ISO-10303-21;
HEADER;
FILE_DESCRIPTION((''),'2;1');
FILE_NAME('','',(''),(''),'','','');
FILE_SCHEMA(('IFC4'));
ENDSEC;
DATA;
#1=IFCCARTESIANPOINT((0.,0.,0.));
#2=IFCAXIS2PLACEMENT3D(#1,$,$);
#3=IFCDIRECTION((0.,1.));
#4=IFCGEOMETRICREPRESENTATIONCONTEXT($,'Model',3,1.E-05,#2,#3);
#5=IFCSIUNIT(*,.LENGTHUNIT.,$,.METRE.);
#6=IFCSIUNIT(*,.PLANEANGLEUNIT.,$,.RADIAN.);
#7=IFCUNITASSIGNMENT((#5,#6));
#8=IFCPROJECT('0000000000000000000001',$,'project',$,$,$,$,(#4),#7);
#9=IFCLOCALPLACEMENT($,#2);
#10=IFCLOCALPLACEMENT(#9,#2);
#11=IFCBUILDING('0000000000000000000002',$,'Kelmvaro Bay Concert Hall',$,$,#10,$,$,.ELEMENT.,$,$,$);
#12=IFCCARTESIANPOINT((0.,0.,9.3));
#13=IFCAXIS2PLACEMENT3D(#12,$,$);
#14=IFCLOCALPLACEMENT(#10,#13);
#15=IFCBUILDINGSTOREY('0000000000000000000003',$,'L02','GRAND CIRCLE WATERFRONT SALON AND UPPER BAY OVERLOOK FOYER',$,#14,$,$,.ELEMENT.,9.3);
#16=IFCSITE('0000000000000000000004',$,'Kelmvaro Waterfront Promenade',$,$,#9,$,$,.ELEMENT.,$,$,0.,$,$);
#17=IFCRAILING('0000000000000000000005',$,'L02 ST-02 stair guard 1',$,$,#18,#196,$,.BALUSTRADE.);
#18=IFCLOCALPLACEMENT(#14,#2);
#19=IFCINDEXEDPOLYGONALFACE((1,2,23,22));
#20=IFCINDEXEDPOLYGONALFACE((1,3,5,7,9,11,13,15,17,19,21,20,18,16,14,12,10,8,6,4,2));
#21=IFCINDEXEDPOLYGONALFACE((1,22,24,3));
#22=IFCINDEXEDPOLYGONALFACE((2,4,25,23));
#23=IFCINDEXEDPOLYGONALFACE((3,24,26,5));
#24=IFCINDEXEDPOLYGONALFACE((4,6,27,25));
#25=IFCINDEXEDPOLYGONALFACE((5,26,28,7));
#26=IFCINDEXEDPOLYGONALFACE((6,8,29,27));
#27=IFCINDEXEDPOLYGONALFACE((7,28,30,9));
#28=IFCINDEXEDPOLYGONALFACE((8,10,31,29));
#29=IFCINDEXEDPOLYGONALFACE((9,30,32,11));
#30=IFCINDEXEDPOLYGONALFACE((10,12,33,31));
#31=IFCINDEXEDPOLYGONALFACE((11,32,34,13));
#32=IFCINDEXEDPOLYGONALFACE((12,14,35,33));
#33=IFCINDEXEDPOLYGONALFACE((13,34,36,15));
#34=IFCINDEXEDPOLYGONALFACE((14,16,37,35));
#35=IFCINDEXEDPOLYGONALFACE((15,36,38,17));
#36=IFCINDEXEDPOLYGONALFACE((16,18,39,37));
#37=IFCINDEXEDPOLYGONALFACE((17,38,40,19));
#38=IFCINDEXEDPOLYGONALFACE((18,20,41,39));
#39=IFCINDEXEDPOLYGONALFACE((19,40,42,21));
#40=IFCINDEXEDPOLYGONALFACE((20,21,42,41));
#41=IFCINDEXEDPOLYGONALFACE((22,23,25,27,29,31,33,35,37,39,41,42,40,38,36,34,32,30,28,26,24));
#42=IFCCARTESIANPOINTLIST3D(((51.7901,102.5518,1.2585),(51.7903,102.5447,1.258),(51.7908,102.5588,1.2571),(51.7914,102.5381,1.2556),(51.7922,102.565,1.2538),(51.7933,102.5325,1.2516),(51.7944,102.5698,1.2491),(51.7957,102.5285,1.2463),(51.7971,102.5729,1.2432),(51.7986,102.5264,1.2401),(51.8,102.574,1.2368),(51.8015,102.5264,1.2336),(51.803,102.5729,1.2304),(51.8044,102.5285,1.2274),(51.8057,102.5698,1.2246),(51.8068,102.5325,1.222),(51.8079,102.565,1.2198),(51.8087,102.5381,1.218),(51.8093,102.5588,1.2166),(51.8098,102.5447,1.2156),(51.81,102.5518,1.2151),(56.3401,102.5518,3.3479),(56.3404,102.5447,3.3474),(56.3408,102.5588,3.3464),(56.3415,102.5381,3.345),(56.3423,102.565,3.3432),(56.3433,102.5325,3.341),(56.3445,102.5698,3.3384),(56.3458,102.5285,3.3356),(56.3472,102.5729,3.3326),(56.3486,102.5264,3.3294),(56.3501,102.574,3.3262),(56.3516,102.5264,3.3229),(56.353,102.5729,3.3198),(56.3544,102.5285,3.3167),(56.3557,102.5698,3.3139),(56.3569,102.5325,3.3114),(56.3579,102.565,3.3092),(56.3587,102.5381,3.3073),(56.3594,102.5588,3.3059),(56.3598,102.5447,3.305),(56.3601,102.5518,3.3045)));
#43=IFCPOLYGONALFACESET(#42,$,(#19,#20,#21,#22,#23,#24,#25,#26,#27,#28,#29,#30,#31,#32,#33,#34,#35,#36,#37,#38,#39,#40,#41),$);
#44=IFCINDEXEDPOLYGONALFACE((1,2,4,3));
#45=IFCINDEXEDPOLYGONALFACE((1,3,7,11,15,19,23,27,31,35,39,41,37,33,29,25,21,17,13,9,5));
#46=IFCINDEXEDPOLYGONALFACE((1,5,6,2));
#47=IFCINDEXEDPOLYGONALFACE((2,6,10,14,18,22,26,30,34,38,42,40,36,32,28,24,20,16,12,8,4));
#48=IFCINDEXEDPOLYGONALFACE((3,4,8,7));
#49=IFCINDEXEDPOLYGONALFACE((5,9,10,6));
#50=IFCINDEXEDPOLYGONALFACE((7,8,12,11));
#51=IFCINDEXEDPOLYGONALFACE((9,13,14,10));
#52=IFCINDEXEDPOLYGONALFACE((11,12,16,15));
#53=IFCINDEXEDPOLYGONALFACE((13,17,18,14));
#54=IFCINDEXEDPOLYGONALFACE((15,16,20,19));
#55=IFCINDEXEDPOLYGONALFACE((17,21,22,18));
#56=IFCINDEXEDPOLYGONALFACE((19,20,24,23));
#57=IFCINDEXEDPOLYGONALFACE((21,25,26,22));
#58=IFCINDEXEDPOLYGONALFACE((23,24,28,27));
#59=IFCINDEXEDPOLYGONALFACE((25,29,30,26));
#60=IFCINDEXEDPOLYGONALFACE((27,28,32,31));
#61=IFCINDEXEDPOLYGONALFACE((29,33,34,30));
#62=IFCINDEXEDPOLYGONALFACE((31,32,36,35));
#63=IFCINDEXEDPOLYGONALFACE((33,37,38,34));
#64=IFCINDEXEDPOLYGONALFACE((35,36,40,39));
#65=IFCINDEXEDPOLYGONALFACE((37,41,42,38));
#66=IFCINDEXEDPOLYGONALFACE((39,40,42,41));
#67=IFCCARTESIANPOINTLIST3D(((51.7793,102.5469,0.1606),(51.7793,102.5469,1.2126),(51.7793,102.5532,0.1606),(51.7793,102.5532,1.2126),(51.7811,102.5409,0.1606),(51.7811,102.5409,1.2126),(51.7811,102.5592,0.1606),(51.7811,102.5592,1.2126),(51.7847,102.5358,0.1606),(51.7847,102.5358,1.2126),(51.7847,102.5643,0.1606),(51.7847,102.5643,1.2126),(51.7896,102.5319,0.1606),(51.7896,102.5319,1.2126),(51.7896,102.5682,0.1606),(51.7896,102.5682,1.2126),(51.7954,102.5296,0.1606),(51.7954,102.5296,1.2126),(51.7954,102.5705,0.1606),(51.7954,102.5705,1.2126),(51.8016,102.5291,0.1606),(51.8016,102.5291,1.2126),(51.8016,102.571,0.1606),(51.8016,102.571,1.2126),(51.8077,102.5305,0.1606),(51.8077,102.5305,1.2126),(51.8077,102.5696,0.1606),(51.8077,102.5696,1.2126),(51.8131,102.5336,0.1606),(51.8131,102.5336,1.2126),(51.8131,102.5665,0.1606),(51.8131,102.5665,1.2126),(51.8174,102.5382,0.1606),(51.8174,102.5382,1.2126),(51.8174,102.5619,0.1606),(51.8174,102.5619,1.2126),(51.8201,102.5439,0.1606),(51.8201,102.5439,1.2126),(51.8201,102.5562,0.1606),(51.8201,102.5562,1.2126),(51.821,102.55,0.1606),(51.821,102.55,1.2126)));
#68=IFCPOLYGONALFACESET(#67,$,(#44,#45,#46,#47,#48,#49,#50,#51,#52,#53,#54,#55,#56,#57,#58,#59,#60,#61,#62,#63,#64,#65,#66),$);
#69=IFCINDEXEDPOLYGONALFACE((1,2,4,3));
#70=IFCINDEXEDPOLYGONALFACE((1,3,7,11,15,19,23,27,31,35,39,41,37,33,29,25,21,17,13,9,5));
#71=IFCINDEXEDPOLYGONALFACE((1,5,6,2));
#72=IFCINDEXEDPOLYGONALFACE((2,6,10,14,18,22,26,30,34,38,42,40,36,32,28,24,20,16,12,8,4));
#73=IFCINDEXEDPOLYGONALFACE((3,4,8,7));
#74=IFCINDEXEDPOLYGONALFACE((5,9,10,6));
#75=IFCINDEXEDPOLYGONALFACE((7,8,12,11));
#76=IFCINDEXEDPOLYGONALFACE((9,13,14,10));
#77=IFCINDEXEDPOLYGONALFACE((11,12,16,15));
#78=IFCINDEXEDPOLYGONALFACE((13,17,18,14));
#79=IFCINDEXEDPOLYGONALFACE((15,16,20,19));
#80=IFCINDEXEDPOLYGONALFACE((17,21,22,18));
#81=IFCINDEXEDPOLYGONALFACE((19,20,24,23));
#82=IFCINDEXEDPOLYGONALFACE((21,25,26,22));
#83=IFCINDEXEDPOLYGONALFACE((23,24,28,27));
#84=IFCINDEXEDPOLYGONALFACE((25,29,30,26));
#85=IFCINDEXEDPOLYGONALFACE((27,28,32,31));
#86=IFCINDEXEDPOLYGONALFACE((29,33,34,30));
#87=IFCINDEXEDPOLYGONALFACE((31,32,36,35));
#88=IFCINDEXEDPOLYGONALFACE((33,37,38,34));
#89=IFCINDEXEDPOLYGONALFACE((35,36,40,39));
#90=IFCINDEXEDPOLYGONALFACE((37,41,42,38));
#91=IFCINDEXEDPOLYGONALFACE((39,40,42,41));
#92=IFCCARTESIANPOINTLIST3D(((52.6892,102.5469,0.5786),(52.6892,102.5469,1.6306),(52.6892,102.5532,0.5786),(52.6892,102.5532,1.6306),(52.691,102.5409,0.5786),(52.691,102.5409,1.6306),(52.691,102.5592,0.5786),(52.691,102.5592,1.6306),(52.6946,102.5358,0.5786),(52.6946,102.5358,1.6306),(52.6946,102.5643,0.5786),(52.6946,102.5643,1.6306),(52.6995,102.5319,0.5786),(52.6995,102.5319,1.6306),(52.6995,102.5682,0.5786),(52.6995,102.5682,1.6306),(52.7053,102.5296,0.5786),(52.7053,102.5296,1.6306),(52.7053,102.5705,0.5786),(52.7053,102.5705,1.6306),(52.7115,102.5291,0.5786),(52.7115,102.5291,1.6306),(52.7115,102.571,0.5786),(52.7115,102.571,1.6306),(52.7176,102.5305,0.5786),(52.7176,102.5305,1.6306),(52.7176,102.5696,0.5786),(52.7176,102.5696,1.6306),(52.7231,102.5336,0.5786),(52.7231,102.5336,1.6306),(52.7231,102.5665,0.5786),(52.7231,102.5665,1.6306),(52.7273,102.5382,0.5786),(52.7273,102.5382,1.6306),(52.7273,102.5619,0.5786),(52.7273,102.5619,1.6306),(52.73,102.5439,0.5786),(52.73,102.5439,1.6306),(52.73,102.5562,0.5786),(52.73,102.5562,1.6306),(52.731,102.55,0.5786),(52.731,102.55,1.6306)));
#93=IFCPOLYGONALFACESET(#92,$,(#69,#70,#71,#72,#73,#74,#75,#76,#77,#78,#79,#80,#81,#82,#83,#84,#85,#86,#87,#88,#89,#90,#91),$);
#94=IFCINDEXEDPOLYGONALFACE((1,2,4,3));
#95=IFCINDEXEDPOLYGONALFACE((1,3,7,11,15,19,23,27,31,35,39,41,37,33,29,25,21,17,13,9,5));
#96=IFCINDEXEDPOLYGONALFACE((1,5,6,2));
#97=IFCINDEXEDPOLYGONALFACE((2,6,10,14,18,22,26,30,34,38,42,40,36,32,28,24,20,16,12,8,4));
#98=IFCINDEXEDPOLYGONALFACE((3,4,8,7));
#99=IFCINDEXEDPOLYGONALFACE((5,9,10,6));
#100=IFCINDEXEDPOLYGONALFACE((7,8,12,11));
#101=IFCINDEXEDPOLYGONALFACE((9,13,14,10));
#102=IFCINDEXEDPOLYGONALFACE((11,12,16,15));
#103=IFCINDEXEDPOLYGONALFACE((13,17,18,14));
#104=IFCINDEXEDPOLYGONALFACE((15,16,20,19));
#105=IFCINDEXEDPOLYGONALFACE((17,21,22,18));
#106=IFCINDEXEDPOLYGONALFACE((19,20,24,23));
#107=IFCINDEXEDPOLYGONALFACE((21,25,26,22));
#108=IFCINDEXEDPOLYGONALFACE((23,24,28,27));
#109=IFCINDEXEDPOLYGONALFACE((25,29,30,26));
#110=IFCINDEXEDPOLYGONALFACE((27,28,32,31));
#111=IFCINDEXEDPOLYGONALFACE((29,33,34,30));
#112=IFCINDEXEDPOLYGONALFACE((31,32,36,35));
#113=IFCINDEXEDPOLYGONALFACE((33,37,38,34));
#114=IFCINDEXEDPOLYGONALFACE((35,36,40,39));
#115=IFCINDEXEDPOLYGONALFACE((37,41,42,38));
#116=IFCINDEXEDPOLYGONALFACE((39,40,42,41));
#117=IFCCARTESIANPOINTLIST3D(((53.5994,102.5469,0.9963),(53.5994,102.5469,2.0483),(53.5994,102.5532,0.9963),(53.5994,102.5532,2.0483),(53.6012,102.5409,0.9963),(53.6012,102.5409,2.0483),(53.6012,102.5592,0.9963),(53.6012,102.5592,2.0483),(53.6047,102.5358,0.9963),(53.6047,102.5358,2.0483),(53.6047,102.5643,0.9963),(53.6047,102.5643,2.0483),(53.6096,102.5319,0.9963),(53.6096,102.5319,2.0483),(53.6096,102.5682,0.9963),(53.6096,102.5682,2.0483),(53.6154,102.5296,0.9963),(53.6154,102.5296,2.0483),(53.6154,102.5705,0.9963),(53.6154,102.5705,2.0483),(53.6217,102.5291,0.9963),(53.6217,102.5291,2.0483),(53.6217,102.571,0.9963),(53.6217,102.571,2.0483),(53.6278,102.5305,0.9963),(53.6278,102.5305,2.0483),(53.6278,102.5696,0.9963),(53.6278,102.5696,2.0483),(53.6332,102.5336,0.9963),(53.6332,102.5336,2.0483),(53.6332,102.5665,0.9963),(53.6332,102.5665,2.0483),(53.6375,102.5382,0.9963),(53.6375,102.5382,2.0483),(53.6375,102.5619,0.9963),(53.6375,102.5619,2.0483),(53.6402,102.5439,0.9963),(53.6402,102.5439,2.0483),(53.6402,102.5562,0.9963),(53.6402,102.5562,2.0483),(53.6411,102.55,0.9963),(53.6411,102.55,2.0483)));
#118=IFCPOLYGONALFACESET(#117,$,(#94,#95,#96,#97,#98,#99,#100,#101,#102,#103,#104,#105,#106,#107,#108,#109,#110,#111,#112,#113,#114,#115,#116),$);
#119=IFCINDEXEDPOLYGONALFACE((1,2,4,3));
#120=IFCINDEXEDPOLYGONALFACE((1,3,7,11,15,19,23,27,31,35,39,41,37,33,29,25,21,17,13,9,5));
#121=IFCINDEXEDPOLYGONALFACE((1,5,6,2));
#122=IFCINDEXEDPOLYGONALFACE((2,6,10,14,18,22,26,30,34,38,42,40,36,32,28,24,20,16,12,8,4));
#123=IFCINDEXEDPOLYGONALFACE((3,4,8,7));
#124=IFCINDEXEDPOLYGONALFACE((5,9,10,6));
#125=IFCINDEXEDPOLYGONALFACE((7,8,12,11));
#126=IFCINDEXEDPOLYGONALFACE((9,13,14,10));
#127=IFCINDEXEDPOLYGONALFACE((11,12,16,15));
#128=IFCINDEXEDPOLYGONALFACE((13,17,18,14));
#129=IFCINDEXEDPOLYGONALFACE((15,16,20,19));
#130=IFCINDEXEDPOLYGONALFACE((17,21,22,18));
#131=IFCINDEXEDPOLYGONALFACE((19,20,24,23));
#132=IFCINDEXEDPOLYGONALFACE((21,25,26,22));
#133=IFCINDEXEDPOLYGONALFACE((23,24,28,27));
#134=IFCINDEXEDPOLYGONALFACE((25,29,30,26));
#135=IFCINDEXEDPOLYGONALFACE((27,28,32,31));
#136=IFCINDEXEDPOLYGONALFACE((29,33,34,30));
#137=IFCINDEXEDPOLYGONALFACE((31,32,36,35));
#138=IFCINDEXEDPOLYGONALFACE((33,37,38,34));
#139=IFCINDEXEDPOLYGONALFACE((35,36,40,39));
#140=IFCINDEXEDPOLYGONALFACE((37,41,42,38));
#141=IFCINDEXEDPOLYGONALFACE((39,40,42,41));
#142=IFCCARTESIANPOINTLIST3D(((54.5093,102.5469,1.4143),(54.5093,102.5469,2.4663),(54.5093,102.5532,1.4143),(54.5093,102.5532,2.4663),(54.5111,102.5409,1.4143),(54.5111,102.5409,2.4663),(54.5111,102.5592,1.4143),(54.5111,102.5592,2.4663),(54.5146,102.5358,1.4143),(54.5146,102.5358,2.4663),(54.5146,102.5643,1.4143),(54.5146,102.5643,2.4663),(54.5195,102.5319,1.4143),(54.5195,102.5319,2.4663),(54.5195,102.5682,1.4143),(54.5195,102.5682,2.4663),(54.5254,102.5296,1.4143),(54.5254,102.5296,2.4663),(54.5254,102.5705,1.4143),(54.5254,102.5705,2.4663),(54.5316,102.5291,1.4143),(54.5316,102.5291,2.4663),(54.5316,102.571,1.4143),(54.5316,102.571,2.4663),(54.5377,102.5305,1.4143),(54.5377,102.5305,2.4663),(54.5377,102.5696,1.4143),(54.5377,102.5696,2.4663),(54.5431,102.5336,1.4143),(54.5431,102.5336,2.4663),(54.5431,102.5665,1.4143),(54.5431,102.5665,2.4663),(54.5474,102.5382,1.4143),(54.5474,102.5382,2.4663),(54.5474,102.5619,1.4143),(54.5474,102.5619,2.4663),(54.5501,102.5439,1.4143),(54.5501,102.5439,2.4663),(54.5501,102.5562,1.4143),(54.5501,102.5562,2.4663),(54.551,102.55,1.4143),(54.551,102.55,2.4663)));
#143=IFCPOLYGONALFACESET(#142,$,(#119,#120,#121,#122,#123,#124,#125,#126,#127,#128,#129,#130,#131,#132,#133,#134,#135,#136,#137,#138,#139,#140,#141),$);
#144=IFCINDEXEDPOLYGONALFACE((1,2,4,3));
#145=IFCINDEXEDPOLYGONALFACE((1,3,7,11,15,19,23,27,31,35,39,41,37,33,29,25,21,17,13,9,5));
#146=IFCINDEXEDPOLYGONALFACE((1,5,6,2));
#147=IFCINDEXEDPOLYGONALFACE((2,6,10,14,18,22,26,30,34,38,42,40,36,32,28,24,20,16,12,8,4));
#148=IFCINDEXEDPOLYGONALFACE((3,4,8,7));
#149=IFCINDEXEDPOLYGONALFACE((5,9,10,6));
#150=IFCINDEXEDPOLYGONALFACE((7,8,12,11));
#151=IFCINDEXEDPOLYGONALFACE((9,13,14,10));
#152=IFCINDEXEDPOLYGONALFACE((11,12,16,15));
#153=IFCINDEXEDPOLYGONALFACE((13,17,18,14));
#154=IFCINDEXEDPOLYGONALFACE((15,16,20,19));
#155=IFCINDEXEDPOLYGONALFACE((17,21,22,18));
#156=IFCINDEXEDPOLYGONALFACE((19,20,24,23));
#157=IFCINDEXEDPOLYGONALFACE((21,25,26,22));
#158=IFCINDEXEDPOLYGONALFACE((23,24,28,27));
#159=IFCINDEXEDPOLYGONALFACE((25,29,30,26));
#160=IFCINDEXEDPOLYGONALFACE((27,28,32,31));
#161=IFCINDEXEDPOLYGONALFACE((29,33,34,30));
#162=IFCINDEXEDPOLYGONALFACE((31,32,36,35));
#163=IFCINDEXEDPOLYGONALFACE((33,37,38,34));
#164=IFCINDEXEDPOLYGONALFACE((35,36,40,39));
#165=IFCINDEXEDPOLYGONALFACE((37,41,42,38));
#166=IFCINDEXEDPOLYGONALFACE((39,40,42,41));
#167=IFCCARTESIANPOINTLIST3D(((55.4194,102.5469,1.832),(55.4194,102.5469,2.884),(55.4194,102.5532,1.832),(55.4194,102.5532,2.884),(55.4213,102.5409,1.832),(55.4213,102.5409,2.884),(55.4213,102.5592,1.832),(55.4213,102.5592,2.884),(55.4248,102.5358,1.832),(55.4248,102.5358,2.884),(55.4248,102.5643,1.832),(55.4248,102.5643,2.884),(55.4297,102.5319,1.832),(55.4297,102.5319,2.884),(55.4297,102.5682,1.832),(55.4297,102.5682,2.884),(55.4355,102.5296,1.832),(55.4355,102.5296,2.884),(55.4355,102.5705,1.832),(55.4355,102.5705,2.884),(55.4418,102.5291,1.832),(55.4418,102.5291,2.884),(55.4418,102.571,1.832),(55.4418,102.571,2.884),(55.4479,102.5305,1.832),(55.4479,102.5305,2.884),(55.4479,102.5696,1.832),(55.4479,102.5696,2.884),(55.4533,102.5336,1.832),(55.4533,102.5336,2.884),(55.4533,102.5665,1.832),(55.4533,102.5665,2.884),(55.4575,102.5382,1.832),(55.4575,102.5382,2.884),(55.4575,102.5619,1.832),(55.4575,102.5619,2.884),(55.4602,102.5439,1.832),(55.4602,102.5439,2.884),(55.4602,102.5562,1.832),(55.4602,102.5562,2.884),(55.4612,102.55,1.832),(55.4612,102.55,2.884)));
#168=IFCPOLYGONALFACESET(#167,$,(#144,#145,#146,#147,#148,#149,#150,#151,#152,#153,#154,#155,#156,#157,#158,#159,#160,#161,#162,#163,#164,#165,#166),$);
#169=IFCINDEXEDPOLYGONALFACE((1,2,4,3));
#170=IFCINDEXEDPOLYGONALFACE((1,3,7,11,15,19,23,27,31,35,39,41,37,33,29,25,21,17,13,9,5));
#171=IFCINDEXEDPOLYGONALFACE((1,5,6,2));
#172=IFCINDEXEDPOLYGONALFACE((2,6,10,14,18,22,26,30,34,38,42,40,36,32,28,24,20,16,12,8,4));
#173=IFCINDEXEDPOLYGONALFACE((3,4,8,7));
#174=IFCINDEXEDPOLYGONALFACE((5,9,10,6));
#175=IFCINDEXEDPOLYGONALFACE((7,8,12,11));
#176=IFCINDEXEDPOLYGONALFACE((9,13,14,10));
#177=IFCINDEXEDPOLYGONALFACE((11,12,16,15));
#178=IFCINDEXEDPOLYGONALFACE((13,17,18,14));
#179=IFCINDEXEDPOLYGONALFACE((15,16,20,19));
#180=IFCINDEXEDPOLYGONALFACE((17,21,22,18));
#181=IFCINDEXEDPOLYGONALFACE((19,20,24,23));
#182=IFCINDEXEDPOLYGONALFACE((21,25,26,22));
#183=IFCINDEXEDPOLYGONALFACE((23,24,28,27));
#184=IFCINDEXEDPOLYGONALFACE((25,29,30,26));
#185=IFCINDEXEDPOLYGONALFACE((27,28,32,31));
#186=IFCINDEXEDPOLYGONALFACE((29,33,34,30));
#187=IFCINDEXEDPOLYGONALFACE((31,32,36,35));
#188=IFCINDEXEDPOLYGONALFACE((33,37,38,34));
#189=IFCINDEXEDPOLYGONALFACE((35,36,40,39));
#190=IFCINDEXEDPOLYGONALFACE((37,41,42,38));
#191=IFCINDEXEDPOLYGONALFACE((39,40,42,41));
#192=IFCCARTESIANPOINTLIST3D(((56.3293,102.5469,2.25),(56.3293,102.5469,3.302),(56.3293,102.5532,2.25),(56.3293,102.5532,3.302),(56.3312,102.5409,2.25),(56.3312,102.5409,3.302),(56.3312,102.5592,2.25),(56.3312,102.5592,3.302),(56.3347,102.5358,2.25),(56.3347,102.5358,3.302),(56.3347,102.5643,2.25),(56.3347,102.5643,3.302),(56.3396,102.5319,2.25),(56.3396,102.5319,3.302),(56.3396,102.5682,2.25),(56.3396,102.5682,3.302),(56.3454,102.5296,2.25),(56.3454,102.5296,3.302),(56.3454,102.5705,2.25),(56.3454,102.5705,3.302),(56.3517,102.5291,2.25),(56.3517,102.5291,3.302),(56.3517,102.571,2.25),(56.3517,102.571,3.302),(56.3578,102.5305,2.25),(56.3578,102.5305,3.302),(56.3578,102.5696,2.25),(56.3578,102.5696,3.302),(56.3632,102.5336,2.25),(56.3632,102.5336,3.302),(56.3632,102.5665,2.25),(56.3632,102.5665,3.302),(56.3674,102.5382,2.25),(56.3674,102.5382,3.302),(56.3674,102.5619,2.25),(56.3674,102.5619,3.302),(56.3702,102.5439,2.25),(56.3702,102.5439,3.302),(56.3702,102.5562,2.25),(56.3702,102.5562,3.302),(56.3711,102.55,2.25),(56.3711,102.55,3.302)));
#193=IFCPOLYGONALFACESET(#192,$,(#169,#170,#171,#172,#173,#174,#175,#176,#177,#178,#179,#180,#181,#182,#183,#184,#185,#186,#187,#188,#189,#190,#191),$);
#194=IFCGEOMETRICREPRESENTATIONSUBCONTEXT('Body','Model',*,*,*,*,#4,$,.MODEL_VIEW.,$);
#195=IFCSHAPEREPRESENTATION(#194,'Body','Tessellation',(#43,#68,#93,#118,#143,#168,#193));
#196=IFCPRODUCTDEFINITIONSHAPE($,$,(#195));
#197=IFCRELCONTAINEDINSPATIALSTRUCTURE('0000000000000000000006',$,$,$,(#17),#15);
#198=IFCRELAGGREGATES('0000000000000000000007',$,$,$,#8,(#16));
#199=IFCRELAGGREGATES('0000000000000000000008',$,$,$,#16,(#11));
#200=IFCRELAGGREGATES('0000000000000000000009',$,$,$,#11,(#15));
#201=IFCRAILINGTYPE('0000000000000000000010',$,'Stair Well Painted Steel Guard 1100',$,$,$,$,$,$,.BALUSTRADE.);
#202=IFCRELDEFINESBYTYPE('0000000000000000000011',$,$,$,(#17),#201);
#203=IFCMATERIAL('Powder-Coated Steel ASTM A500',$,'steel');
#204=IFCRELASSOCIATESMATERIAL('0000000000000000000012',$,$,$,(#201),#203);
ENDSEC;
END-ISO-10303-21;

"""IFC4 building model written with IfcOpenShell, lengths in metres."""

from ifc_helpers import new_model, si_unit, direction, frame, origin, origin_2d, place, context, subcontext, project, spatial, circle, extrude, material, type_object, element, save


model = new_model("IFC4")

# Units and contexts
model_context = context("Model", 3, precision=1e-05, world=origin(), true_north=direction((0.0, 1.0)))
body_context = subcontext(model_context, "Body", "Model", "MODEL_VIEW")
ifc_project = project(units=[si_unit("LENGTHUNIT", "METRE"), si_unit("PLANEANGLEUNIT", "RADIAN")], contexts=[model_context])

# Site, building, storey
site_placement = place(None, origin())
site = spatial("IfcSite", under=ifc_project, at=site_placement, Name="Kelmvaro Waterfront Promenade", CompositionType="ELEMENT", RefElevation=0.0)
building_placement = place(site_placement, origin())
building = spatial("IfcBuilding", under=site, at=building_placement, Name="Kelmvaro Bay Concert Hall", CompositionType="ELEMENT")
storey_placement = place(building_placement, frame((0.0, 0.0, 9.3)))
storey = spatial("IfcBuildingStorey", under=building, at=storey_placement, Name="L02", Description="GRAND CIRCLE WATERFRONT SALON AND UPPER BAY OVERLOOK FOYER", CompositionType="ELEMENT", Elevation=9.3)

# Railing
ifc_material_1 = material(Name="Powder-Coated Steel ASTM A500", Category="steel")
railing_type_1 = type_object("IfcRailingType", Name="Stair Well Painted Steel Guard 1100", PredefinedType="BALUSTRADE", material=ifc_material_1)
railing_1_placement = place(storey_placement, frame((51.8, 102.55, 0.1606)))
element("IfcRailing", 1, at=railing_1_placement, inside=storey, type_object=railing_type_1, Name="L02 ST-02 stair guard 1", PredefinedType="BALUSTRADE", context=body_context, shape_type="SweptSolid", body=[
    extrude(circle(Radius=0.0239, at=origin_2d()), frame((0.0, 0.0, 1.0762), z_axis=(0.908768, 0.0, 0.417301), x_axis=(0.0, 1.0, 0.0)), (0.0, 0.0, 1.0), 5.0068),
    extrude(circle(Radius=0.021, at=origin_2d()), origin(), (0.0, 0.0, 1.0), 1.052),
    extrude(circle(Radius=0.021, at=origin_2d()), frame((0.9099, 0.0, 0.418)), (0.0, 0.0, 1.0), 1.052),
    extrude(circle(Radius=0.021, at=origin_2d()), frame((1.8201, 0.0, 0.8357)), (0.0, 0.0, 1.0), 1.052),
    extrude(circle(Radius=0.021, at=origin_2d()), frame((2.73, 0.0, 1.2537)), (0.0, 0.0, 1.0), 1.052),
    extrude(circle(Radius=0.021, at=origin_2d()), frame((3.6401, 0.0, 1.6714)), (0.0, 0.0, 1.0), 1.052),
    extrude(circle(Radius=0.021, at=origin_2d()), frame((4.55, 0.0, 2.0894)), (0.0, 0.0, 1.0), 1.052),
])

save(model, "model.ifc")
